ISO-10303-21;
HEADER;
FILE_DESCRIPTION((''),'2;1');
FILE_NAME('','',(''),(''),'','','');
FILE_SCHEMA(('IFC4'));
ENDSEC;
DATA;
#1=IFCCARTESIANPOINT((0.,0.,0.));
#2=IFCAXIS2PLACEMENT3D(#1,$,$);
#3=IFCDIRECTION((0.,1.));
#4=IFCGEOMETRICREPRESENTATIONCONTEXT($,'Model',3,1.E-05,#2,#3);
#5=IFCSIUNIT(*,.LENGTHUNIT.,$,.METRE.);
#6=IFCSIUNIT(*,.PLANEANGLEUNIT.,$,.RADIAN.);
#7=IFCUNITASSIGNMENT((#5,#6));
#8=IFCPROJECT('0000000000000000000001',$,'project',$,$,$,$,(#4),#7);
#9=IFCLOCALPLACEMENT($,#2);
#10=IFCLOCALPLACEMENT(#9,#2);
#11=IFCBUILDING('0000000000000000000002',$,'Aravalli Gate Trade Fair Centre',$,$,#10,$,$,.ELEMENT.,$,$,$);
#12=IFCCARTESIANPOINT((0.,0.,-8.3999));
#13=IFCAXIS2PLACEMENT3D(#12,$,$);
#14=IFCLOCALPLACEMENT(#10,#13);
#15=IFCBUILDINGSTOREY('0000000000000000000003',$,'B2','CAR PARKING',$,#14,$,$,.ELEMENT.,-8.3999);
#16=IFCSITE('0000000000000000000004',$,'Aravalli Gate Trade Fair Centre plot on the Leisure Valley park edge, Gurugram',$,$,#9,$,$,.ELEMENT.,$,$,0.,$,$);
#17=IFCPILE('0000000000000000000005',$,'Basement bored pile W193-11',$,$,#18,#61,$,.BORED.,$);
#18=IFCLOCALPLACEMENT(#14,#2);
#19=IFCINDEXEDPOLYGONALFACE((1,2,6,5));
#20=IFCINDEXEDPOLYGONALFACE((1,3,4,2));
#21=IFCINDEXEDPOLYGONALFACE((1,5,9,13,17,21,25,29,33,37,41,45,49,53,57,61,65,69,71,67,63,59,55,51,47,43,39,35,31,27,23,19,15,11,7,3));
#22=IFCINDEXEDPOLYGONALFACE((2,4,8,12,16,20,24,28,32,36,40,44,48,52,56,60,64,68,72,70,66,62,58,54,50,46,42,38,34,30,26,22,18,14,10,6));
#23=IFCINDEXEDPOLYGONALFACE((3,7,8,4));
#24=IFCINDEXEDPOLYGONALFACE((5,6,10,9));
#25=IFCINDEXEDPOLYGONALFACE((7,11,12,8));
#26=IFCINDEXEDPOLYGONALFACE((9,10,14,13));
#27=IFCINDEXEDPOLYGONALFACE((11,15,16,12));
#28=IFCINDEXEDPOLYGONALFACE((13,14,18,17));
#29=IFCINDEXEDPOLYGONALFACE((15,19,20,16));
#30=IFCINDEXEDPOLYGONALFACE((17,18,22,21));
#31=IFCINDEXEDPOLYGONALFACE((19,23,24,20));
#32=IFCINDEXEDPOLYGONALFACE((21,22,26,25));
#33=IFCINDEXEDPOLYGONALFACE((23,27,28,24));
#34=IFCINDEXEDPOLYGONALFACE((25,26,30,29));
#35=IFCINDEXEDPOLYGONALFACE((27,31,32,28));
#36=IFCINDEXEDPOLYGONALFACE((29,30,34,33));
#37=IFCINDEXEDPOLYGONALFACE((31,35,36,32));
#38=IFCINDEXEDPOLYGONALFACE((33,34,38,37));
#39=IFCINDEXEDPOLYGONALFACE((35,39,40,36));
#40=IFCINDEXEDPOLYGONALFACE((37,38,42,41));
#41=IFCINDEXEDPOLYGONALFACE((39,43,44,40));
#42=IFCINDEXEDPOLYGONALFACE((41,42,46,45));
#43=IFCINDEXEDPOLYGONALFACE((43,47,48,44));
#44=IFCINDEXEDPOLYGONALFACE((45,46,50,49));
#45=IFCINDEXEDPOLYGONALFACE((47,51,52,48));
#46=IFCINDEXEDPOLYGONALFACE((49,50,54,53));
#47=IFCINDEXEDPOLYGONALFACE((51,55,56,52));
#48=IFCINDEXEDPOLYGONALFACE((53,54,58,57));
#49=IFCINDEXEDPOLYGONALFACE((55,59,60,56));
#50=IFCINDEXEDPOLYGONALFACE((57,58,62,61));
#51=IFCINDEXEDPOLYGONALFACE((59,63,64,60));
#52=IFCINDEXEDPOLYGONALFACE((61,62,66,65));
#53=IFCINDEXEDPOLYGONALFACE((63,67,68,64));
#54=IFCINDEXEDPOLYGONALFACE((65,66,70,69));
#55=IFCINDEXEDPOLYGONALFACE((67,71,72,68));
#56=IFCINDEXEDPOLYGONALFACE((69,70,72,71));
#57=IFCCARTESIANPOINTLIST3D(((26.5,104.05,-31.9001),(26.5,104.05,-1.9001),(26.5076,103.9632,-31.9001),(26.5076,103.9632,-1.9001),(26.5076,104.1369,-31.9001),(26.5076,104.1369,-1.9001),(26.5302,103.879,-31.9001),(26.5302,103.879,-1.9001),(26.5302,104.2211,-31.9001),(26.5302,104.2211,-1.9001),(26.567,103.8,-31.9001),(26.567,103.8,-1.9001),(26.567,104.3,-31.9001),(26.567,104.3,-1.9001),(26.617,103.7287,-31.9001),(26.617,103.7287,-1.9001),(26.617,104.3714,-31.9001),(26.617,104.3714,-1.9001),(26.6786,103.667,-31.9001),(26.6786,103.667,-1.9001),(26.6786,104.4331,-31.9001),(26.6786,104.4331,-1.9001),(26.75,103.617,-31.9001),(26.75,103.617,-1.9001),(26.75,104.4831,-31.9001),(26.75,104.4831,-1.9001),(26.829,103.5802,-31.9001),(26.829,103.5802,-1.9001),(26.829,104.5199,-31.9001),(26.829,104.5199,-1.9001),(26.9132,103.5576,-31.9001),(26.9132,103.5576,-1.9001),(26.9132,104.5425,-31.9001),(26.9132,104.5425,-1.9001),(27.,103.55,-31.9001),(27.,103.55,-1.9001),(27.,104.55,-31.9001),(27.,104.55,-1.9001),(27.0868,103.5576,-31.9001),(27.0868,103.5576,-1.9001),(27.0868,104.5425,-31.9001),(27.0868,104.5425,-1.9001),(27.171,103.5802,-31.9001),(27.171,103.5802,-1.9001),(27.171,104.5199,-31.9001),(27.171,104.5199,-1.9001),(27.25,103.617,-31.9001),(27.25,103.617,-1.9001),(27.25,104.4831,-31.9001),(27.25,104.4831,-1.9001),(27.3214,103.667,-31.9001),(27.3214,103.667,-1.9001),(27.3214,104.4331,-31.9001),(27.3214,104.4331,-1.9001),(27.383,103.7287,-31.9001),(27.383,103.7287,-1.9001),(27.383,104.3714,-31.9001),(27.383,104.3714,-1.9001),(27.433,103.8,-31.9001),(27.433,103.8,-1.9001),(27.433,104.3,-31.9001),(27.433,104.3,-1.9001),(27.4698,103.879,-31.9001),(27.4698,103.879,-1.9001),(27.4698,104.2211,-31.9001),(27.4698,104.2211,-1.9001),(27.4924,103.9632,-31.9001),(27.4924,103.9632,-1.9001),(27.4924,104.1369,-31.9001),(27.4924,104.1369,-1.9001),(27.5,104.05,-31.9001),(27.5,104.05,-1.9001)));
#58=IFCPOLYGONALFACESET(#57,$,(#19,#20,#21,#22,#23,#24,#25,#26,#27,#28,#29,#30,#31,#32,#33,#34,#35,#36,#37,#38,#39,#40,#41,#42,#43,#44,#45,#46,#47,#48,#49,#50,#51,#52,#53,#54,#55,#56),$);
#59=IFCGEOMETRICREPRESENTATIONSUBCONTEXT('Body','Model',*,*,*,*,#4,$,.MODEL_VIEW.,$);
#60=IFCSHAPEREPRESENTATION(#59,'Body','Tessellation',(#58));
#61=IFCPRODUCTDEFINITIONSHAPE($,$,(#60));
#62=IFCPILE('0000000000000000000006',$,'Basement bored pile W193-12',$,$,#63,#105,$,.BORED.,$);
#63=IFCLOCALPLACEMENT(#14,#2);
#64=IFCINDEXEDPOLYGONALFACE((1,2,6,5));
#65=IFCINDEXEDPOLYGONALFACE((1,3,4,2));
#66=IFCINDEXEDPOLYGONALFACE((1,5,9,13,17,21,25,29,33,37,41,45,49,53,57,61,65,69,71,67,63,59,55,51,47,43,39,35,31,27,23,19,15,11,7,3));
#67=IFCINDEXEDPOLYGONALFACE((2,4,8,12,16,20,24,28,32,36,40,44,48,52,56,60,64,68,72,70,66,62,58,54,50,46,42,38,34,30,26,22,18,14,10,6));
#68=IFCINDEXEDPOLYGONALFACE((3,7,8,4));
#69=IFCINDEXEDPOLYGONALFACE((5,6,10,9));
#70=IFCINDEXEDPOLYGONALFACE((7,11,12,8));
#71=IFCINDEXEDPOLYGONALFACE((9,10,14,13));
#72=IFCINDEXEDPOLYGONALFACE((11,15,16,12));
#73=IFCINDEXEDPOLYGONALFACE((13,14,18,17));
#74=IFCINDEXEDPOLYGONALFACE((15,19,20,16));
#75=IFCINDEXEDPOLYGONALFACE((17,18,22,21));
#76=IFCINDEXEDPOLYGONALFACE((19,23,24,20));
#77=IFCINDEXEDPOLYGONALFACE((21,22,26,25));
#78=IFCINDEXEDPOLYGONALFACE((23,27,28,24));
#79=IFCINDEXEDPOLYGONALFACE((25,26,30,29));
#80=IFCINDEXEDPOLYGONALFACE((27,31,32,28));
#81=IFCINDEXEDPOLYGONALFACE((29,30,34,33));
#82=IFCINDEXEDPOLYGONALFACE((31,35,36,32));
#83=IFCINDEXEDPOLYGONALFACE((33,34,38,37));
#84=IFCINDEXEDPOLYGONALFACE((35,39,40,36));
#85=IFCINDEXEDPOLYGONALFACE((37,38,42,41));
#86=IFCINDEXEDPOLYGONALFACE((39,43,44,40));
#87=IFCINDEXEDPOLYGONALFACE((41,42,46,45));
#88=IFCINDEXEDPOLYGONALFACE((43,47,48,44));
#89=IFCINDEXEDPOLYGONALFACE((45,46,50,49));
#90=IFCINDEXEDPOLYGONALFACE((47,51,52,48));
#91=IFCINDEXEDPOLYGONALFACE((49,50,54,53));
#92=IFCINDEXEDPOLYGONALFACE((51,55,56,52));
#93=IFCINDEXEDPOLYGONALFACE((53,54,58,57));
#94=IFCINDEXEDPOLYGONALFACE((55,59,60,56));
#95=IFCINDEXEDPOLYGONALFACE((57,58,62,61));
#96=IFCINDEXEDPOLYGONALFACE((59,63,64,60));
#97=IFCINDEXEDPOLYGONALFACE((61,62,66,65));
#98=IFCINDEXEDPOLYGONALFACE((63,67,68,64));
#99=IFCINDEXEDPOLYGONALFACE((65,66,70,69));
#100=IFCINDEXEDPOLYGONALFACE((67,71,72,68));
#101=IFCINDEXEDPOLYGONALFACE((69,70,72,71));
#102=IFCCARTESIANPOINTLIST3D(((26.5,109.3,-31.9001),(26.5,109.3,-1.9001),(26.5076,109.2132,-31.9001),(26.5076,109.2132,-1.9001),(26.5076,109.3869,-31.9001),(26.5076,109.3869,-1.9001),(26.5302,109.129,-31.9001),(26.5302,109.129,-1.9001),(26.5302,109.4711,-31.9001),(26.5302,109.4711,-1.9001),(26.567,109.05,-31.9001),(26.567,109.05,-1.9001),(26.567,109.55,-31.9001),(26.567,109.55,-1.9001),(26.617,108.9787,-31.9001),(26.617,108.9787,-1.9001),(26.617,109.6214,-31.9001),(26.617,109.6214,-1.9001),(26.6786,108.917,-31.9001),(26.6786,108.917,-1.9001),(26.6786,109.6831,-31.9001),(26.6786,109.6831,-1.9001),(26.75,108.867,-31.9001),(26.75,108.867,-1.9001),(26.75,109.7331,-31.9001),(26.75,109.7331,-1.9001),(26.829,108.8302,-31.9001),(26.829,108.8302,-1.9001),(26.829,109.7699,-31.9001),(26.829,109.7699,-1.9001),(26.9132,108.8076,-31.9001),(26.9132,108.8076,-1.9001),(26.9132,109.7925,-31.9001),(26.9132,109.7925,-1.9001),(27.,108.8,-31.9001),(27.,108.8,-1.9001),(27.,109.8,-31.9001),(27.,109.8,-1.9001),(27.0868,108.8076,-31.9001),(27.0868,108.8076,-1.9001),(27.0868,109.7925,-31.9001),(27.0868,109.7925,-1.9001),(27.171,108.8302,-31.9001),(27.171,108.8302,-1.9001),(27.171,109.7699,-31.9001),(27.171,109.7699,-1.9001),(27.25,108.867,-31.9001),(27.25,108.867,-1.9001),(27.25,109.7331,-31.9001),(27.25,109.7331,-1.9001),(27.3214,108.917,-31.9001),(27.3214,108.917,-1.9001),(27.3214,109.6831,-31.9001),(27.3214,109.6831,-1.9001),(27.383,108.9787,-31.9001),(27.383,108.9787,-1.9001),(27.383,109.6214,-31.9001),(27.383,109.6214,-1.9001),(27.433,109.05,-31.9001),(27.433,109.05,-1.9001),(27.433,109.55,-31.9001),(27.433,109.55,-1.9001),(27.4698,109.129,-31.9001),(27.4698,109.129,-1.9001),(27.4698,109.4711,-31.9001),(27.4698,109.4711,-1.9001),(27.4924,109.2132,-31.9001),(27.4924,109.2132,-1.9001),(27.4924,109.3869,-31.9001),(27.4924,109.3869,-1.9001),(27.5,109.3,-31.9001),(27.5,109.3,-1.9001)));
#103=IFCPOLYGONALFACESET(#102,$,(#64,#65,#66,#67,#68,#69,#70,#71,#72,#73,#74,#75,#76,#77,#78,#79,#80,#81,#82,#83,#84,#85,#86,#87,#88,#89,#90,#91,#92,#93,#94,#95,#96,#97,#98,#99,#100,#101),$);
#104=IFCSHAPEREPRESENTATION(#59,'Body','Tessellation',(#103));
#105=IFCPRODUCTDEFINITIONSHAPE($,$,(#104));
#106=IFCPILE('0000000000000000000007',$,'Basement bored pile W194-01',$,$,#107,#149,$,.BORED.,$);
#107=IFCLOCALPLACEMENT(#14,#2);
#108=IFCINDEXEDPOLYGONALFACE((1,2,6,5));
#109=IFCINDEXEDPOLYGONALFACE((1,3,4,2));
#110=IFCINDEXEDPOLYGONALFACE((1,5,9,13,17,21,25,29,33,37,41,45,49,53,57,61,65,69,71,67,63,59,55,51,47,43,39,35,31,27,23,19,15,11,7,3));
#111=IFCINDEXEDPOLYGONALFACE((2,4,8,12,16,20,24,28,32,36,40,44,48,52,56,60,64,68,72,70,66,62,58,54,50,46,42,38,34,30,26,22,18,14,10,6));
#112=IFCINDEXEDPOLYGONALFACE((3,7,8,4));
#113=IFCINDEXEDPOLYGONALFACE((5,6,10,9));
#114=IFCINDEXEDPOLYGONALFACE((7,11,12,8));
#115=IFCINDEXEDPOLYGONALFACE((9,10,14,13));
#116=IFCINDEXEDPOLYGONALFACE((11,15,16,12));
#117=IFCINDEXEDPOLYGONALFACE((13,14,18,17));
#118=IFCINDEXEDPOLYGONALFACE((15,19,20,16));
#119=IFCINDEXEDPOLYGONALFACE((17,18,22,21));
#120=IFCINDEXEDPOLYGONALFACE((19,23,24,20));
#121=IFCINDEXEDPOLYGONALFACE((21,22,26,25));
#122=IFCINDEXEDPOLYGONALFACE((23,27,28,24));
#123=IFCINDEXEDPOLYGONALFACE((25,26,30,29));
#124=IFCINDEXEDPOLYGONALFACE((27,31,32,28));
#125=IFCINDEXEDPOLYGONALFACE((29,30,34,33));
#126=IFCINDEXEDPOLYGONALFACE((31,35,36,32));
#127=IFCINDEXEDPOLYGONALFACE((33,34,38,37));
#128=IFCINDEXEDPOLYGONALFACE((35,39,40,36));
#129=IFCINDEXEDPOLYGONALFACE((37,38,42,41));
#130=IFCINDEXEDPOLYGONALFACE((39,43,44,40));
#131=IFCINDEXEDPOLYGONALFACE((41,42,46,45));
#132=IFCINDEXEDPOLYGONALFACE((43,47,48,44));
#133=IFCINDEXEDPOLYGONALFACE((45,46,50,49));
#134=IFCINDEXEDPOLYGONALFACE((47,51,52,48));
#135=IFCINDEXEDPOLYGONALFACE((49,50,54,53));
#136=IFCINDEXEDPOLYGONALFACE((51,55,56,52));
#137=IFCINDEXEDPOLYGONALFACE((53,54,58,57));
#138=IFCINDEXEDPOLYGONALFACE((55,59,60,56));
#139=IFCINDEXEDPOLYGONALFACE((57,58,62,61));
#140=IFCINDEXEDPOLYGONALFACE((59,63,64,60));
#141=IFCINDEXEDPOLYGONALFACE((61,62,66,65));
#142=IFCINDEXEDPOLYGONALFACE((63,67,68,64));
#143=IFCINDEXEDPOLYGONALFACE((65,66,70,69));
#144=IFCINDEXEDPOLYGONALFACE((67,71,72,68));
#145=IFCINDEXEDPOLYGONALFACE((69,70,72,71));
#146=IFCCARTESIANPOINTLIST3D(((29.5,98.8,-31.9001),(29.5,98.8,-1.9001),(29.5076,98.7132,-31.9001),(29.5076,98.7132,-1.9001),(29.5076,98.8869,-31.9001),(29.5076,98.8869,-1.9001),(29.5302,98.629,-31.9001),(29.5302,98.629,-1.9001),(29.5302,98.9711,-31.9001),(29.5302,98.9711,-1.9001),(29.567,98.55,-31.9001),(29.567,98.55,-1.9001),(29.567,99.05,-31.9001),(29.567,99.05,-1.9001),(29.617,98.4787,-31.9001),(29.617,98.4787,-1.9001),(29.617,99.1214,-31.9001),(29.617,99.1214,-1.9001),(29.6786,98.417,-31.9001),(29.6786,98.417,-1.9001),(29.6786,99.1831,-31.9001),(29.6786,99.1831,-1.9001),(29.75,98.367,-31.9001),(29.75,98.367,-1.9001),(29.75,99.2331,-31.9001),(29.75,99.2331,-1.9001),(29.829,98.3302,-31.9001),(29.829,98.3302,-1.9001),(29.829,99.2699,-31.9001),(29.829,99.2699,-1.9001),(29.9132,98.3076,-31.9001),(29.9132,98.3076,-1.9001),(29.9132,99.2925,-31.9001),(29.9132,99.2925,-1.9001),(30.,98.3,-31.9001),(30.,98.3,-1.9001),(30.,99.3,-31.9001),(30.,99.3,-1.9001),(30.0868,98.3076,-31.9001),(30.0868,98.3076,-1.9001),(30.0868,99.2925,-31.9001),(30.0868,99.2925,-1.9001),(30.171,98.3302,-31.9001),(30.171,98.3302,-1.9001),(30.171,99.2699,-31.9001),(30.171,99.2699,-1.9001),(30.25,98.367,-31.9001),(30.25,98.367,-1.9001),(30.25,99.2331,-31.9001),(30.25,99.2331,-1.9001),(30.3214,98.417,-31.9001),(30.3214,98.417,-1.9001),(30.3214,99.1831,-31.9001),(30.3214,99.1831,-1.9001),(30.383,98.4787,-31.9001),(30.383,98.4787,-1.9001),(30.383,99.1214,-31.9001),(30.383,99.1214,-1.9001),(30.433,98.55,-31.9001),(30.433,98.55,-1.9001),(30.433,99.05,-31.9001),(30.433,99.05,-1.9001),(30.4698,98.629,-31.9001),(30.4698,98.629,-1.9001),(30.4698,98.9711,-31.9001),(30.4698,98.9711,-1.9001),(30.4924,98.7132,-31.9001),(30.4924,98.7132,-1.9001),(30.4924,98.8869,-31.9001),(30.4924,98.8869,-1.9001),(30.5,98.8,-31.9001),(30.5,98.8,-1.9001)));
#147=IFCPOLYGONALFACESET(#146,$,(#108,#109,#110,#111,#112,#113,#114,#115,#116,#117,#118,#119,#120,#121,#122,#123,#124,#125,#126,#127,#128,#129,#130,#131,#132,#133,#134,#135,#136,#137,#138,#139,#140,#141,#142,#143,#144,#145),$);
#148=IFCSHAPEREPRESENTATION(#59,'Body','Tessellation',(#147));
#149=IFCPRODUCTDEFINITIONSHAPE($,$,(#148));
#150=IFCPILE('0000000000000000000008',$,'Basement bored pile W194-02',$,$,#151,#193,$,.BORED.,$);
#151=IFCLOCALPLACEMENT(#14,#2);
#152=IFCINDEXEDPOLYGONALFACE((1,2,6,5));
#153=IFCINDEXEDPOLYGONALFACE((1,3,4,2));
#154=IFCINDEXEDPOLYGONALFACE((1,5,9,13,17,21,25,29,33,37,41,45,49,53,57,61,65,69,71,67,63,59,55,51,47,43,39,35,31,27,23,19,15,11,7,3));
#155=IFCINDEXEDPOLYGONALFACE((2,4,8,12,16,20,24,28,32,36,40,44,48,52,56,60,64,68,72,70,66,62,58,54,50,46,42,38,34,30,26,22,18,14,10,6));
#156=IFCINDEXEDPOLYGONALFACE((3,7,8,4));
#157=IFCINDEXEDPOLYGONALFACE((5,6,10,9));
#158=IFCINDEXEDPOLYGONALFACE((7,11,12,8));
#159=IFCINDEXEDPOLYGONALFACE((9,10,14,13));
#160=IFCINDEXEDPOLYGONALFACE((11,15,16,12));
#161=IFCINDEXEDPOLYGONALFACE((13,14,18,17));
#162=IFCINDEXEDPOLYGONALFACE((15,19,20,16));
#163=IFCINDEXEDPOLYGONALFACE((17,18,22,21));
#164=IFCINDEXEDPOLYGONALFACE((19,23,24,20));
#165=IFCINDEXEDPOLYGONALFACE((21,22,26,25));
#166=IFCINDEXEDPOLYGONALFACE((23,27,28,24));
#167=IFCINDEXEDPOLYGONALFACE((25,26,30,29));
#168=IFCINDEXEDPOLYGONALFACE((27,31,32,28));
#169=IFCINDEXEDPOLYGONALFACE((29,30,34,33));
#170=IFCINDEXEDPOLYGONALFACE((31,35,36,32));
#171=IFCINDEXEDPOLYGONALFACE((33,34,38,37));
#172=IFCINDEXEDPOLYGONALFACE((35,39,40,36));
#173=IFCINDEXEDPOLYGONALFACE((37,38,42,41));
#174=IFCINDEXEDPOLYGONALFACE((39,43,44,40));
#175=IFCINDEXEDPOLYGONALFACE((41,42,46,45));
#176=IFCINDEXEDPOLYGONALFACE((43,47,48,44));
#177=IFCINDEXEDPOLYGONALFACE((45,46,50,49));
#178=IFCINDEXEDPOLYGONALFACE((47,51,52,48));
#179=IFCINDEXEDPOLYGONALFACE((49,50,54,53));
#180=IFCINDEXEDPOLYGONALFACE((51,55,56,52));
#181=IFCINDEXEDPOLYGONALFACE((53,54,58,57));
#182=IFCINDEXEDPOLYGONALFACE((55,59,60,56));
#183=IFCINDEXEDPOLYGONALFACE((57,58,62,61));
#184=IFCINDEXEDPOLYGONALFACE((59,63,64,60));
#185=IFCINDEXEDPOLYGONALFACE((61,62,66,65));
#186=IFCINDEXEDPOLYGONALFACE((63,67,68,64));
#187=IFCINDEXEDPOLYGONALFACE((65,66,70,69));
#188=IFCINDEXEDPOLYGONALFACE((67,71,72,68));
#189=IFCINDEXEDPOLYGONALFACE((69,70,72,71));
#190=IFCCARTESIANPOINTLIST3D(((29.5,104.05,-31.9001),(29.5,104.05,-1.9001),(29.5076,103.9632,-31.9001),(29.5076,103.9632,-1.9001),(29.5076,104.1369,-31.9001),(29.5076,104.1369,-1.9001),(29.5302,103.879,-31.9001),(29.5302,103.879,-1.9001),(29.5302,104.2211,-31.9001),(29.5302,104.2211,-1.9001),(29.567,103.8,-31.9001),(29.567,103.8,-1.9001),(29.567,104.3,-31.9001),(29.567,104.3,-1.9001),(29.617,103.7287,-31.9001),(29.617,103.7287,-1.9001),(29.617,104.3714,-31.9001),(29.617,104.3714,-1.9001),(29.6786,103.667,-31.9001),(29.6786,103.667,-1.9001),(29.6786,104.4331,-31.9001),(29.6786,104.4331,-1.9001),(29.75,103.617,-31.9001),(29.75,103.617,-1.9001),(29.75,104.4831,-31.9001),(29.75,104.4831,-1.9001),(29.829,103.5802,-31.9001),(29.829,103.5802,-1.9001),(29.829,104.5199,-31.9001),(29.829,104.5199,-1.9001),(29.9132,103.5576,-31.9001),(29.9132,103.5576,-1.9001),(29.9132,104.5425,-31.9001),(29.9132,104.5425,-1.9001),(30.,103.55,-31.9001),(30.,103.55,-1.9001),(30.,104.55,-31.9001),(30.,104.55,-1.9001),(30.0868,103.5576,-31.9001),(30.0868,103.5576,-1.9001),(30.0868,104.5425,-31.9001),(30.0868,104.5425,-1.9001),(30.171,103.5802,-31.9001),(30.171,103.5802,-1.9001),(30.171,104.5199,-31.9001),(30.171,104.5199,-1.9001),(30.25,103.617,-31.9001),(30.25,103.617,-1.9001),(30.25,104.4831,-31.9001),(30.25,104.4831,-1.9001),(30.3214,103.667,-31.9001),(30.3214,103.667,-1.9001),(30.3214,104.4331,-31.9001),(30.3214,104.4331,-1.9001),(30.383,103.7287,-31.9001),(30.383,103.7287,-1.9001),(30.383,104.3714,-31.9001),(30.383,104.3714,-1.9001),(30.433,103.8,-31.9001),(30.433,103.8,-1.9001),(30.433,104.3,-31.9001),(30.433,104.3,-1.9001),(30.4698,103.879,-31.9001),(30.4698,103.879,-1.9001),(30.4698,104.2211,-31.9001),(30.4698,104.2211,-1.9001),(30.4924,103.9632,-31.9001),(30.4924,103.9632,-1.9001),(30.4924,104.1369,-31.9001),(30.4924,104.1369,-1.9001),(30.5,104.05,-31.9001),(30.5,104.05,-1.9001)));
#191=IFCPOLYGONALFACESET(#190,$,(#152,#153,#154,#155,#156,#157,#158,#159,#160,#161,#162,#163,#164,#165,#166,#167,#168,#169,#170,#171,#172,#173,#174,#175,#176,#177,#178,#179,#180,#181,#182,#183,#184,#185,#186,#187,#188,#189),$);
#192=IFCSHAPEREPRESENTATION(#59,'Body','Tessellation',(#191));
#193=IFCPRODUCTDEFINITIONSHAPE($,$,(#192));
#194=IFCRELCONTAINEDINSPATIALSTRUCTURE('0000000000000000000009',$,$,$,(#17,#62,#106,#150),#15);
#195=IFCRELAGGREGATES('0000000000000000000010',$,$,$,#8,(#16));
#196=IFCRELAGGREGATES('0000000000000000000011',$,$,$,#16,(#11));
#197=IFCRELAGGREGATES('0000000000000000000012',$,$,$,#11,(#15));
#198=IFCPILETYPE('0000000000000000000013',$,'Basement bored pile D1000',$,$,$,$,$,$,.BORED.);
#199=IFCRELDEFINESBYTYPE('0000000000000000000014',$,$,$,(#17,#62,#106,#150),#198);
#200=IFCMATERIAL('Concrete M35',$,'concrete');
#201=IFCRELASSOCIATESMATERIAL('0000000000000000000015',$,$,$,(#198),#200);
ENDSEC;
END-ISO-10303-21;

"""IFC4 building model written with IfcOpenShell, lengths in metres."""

from ifc_helpers import new_model, si_unit, direction, frame, origin, origin_2d, place, context, subcontext, project, spatial, circle, extrude, material, material_profile, profile_set, type_object, element, save


model = new_model("IFC4")

# Units and contexts
model_context = context("Model", 3, precision=1e-05, world=origin(), true_north=direction((0.0, 1.0)))
body_context = subcontext(model_context, "Body", "Model", "MODEL_VIEW")
ifc_project = project(units=[si_unit("LENGTHUNIT", "METRE"), si_unit("PLANEANGLEUNIT", "RADIAN")], contexts=[model_context])

# Site, building, storey
site_placement = place(None, origin())
site = spatial("IfcSite", under=ifc_project, at=site_placement, Name="Aravalli Gate Trade Fair Centre plot on the Leisure Valley park edge, Gurugram", CompositionType="ELEMENT", RefElevation=0.0)
building_placement = place(site_placement, origin())
building = spatial("IfcBuilding", under=site, at=building_placement, Name="Aravalli Gate Trade Fair Centre", CompositionType="ELEMENT")
storey_placement = place(building_placement, frame((0.0, 0.0, -8.3999)))
storey = spatial("IfcBuildingStorey", under=building, at=storey_placement, Name="B2", Description="CAR PARKING", CompositionType="ELEMENT", Elevation=-8.3999)

# Piles
ifc_material_1 = material(Name="Concrete M35", Category="concrete")
ifc_material_profile_1 = material_profile(ifc_material_1, circle(Radius=0.5, at=origin_2d()), Name="D1000")
ifc_profile_set_1 = profile_set([ifc_material_profile_1], Name="Concrete M35")
pile_type = type_object("IfcPileType", Name="Basement bored pile D1000", PredefinedType="BORED", material=ifc_profile_set_1)
for number, where, z_axis, x_axis, name in (
    (1, (27.0, 104.05, -1.9001), (0.0, 0.0, -1.0), (1.0, 0.0, 0.0), "Basement bored pile W193-11"),
    (2, (27.0, 109.3, -1.9001), (0.0, 0.0, -1.0), (1.0, 0.0, 0.0), "Basement bored pile W193-12"),
    (3, (30.0, 98.8, -1.9001), (0.0, 0.0, -1.0), (1.0, 0.0, 0.0), "Basement bored pile W194-01"),
    (4, (30.0, 104.05, -1.9001), (0.0, 0.0, -1.0), (1.0, 0.0, 0.0), "Basement bored pile W194-02"),
):
    element("IfcPile", number, at=place(storey_placement, frame(where, z_axis=z_axis, x_axis=x_axis)), inside=storey, type_object=pile_type, Name=name, PredefinedType="BORED", context=body_context, shape_type="SweptSolid", body=[
        extrude(circle(Radius=0.5, at=origin_2d()), origin(), (0.0, 0.0, 1.0), 30.0),
    ])

save(model, "model.ifc")
